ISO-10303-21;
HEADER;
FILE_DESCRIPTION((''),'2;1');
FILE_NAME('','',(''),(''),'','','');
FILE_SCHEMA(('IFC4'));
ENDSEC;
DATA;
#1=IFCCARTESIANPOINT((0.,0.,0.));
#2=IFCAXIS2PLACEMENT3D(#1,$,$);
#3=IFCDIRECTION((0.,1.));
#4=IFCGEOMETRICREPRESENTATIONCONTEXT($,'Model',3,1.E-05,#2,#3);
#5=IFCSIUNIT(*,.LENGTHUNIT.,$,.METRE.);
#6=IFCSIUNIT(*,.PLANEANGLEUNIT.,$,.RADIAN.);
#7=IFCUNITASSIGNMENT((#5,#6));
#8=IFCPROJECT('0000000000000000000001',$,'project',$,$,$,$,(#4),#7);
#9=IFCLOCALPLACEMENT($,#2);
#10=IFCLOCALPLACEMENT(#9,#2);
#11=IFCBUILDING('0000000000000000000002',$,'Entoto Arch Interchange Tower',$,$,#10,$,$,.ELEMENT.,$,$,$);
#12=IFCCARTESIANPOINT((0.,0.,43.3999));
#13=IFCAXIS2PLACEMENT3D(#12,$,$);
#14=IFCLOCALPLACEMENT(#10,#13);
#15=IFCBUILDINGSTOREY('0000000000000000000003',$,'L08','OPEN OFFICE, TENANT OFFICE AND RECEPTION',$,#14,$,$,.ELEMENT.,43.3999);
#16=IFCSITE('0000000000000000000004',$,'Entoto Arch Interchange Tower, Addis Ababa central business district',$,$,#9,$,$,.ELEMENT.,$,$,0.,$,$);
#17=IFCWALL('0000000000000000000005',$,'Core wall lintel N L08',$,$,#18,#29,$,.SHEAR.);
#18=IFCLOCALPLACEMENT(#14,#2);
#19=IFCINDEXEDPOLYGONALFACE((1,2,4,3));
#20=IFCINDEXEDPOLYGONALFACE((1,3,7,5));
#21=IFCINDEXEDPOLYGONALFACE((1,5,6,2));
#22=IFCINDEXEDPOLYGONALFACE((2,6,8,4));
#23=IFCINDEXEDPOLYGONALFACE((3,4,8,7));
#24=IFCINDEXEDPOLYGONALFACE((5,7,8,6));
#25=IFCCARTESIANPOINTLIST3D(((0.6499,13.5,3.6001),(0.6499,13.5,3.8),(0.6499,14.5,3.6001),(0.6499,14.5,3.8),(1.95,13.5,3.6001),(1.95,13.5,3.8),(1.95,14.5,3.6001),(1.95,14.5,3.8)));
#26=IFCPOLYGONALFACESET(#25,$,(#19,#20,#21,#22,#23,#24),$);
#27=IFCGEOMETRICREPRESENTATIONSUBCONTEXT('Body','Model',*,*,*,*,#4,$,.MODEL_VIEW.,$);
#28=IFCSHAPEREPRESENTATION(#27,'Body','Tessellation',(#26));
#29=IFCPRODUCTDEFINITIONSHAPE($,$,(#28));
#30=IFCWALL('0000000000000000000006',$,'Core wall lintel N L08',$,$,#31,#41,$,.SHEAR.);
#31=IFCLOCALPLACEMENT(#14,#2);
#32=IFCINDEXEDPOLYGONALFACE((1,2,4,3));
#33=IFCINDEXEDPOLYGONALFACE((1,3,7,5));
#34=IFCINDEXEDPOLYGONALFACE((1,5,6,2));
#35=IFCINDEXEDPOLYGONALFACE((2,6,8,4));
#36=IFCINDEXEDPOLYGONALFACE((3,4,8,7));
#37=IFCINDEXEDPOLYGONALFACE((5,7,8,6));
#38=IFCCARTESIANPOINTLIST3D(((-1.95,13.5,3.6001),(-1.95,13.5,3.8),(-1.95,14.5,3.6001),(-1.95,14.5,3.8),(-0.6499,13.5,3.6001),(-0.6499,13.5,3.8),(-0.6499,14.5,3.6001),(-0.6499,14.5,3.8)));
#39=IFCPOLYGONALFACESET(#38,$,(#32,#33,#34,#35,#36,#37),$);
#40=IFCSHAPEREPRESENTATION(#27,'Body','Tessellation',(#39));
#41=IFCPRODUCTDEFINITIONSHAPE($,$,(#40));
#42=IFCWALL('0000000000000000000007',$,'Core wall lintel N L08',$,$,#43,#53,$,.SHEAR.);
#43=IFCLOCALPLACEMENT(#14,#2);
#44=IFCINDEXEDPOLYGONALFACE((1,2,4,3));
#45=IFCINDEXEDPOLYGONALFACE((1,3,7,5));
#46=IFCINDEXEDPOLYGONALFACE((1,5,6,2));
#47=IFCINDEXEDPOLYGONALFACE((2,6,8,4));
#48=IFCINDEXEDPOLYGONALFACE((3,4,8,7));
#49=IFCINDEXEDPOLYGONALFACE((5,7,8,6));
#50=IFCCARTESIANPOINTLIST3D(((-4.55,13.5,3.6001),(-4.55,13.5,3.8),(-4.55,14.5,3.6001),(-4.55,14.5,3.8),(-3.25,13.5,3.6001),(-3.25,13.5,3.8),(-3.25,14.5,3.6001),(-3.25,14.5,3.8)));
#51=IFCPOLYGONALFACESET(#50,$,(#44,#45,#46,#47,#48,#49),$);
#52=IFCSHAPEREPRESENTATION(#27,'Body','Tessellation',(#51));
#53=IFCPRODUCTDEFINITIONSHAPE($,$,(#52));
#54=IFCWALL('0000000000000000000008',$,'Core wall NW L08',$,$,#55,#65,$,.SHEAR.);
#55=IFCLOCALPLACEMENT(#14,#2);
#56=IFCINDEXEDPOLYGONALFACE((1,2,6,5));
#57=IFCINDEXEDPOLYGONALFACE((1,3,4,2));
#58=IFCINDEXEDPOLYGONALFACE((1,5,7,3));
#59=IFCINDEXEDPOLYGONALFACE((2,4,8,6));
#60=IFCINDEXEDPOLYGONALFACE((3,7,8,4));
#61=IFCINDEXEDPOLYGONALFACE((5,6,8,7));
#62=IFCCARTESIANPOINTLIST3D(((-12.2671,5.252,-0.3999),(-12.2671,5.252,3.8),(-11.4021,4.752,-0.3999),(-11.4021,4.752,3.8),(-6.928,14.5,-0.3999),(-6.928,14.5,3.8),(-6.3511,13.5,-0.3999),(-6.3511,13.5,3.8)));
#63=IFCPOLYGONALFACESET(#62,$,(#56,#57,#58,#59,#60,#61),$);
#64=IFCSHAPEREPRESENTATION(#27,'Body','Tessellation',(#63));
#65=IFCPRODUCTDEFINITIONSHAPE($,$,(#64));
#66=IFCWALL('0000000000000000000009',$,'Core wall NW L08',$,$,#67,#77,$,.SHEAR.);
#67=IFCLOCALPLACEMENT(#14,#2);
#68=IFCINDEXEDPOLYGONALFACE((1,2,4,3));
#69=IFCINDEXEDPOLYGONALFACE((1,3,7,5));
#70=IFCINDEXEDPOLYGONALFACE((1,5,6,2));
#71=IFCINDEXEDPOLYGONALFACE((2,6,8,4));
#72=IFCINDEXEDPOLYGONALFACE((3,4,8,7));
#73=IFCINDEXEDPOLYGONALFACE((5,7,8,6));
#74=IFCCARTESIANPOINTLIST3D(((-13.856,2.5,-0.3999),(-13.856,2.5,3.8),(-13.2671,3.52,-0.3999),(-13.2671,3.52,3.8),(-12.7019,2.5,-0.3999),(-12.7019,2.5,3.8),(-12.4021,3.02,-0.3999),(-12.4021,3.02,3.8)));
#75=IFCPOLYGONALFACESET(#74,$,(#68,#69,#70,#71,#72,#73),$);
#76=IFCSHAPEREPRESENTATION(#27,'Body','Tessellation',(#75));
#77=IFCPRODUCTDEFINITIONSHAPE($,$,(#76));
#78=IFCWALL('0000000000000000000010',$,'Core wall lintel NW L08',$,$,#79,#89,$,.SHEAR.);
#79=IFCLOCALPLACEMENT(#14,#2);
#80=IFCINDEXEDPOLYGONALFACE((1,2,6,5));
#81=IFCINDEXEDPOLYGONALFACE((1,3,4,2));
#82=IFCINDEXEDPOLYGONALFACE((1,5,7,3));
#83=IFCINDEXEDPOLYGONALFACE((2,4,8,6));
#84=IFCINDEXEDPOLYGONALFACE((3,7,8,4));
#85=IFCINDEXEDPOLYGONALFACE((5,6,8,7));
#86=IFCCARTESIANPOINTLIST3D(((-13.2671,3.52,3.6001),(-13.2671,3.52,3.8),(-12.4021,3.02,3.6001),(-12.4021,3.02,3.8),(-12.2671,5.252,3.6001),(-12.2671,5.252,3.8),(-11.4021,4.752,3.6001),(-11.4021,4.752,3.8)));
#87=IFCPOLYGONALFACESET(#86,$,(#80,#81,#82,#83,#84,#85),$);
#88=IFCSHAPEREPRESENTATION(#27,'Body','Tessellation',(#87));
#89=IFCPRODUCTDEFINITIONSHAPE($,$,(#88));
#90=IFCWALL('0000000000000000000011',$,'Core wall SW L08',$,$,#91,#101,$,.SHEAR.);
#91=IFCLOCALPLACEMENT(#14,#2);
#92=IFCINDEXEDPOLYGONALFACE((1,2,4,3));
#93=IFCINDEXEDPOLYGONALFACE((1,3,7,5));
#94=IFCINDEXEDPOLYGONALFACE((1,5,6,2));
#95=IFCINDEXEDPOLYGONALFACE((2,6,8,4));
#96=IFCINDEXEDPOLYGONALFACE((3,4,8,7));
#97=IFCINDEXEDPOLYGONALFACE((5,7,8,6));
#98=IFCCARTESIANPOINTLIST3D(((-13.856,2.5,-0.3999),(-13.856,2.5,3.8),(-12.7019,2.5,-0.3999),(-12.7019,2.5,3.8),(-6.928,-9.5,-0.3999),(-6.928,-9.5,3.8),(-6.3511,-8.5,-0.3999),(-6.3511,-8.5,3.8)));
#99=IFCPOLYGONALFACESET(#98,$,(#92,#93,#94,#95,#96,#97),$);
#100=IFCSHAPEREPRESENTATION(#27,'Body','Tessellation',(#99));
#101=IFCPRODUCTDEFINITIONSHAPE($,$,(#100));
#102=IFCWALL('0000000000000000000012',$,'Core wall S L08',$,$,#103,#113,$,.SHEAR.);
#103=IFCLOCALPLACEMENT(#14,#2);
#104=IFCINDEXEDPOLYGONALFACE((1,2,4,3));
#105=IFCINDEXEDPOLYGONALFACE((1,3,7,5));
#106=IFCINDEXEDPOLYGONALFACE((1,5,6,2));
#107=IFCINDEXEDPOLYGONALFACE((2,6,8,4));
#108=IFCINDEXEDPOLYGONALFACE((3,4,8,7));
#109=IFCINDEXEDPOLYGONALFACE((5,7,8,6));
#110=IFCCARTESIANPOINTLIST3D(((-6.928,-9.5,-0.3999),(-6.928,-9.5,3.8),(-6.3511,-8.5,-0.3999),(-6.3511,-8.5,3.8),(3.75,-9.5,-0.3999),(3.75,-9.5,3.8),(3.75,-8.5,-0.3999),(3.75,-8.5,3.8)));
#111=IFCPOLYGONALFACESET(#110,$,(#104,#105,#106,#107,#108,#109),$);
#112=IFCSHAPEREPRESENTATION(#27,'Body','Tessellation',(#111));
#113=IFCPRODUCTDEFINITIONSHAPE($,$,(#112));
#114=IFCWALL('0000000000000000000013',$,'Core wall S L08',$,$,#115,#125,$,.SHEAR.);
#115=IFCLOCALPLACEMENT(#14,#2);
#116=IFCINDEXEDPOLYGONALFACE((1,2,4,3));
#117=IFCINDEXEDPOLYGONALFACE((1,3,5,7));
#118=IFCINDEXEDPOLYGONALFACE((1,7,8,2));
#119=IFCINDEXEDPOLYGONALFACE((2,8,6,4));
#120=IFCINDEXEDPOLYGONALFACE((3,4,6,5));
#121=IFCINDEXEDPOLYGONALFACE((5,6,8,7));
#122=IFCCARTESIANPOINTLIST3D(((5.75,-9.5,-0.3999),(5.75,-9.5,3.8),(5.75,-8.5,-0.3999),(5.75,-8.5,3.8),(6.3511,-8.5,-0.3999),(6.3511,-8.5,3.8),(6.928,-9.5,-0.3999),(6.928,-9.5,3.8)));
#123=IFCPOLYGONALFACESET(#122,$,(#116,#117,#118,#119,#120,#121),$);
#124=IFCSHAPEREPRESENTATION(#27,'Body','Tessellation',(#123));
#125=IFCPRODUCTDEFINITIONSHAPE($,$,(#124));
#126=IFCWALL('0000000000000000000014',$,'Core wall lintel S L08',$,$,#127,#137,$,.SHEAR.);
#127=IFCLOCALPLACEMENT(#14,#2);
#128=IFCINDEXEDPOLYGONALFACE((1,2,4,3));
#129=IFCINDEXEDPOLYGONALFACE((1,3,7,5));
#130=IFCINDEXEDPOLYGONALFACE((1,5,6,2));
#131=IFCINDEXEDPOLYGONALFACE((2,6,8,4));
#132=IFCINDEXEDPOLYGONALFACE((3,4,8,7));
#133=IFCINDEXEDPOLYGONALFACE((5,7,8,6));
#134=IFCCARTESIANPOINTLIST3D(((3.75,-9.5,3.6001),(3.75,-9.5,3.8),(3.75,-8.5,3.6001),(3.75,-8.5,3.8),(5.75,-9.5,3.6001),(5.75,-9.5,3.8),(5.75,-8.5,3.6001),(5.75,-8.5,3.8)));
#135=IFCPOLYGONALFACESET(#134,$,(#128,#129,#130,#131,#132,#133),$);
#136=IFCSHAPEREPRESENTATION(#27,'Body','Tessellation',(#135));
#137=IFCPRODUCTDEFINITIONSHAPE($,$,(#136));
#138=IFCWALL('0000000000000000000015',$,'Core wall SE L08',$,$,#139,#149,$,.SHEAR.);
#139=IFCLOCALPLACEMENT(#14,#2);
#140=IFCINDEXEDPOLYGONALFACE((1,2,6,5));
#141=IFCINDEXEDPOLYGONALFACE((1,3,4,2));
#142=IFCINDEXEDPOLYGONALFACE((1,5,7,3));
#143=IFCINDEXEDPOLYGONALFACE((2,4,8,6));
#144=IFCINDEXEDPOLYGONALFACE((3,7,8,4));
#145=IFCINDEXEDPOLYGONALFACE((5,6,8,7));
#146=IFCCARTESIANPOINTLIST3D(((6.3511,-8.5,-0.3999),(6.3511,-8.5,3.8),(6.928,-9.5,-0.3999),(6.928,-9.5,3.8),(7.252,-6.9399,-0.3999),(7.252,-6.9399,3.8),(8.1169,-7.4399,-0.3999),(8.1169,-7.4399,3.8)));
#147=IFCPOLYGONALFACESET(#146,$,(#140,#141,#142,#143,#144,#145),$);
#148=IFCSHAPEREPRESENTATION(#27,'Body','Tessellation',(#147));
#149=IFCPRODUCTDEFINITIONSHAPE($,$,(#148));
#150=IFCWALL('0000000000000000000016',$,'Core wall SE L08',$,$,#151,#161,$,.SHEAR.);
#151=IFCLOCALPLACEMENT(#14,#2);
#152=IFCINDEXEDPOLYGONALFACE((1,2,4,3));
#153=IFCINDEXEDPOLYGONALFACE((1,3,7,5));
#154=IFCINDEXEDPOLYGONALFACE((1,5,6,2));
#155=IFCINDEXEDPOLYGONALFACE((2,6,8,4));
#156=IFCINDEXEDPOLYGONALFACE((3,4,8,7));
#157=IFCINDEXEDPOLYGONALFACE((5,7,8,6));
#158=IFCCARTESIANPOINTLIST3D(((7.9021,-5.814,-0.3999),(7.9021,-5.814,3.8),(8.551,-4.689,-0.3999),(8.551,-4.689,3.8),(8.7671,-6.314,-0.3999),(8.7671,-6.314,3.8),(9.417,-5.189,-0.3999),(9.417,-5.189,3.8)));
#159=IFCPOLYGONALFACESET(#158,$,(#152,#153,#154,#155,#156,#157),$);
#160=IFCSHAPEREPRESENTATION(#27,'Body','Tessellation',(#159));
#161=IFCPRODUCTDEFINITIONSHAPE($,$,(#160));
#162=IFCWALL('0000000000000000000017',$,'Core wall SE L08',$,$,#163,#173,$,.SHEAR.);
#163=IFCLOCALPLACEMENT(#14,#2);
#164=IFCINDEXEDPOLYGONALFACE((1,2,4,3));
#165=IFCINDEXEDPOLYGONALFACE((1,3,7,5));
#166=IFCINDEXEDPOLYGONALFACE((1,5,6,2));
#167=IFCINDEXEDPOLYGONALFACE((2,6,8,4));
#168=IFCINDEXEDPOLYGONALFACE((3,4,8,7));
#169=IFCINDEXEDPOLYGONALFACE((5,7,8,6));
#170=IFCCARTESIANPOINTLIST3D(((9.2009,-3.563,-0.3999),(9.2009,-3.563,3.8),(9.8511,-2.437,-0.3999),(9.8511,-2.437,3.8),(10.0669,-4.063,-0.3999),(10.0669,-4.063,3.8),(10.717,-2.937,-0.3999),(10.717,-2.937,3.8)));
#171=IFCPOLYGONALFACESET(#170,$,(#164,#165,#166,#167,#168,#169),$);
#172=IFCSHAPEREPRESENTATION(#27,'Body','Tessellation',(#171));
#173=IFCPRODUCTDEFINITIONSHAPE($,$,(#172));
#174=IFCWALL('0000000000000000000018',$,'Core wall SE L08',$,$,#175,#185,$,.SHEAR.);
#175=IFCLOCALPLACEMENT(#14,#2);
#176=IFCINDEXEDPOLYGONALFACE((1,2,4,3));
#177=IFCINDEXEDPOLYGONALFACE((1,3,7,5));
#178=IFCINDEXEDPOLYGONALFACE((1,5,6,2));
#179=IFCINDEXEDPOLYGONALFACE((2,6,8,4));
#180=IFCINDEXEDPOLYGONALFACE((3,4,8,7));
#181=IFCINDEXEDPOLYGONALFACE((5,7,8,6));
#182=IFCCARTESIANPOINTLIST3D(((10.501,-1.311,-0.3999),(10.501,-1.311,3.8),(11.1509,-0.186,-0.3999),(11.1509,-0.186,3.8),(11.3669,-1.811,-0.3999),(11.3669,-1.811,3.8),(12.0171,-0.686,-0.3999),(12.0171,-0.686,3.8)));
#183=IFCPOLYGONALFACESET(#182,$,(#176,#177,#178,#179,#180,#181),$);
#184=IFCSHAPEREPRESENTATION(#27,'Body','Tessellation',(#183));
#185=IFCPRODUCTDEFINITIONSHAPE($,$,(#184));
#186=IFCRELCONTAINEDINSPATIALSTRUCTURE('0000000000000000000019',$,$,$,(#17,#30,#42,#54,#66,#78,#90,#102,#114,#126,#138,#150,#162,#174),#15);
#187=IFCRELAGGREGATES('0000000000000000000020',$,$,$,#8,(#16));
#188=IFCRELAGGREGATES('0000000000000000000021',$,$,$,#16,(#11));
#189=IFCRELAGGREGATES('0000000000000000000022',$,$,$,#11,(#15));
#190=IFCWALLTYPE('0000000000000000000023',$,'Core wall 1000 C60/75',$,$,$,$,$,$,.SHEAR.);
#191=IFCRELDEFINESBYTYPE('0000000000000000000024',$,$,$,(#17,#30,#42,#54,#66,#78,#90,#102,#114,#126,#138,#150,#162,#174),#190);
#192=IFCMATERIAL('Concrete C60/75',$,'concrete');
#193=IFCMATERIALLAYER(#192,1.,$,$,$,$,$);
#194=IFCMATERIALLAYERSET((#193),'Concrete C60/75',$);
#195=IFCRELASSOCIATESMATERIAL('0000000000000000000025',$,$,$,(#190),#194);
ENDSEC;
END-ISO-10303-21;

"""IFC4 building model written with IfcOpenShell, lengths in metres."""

from ifc_helpers import new_model, si_unit, direction, frame, origin, place, context, subcontext, project, spatial, polyline, outline, extrude, material, layer, layer_set, type_object, element, save


model = new_model("IFC4")

# Units and contexts
model_context = context("Model", 3, precision=1e-05, world=origin(), true_north=direction((0.0, 1.0)))
body_context = subcontext(model_context, "Body", "Model", "MODEL_VIEW")
ifc_project = project(units=[si_unit("LENGTHUNIT", "METRE"), si_unit("PLANEANGLEUNIT", "RADIAN")], contexts=[model_context])

# Site, building, storey
site_placement = place(None, origin())
site = spatial("IfcSite", under=ifc_project, at=site_placement, Name="Entoto Arch Interchange Tower, Addis Ababa central business district", CompositionType="ELEMENT", RefElevation=0.0)
building_placement = place(site_placement, origin())
building = spatial("IfcBuilding", under=site, at=building_placement, Name="Entoto Arch Interchange Tower", CompositionType="ELEMENT")
storey_placement = place(building_placement, frame((0.0, 0.0, 43.3999)))
storey = spatial("IfcBuildingStorey", under=building, at=storey_placement, Name="L08", Description="OPEN OFFICE, TENANT OFFICE AND RECEPTION", CompositionType="ELEMENT", Elevation=43.3999)

# Walls
ifc_material_1 = material(Name="Concrete C60/75", Category="concrete")
ifc_layer_1 = layer(ifc_material_1, 1.0)
ifc_layer_set_1 = layer_set([ifc_layer_1], Name="Concrete C60/75")
wall_type_1 = type_object("IfcWallType", Name="Core wall 1000 C60/75", PredefinedType="SHEAR", material=ifc_layer_set_1)
wall_1_placement = place(storey_placement, frame((0.0, 0.0, 3.6001)))
element("IfcWall", 1, at=wall_1_placement, inside=storey, type_object=wall_type_1, Name="Core wall lintel N L08", PredefinedType="SHEAR", context=body_context, shape_type="SweptSolid", body=[
    extrude(outline(polyline([(0.6499, 14.5), (0.6499, 13.5), (1.95, 13.5), (1.95, 14.5), (0.6499, 14.5)])), origin(), (0.0, 0.0, 1.0), 0.2),
])
wall_2_placement = place(storey_placement, frame((0.0, 0.0, 3.6001)))
element("IfcWall", 2, at=wall_2_placement, inside=storey, type_object=wall_type_1, Name="Core wall lintel N L08", PredefinedType="SHEAR", context=body_context, shape_type="SweptSolid", body=[
    extrude(outline(polyline([(-1.95, 14.5), (-1.95, 13.5), (-0.6499, 13.5), (-0.6499, 14.5), (-1.95, 14.5)])), origin(), (0.0, 0.0, 1.0), 0.2),
])
wall_3_placement = place(storey_placement, frame((0.0, 0.0, 3.6001)))
element("IfcWall", 3, at=wall_3_placement, inside=storey, type_object=wall_type_1, Name="Core wall lintel N L08", PredefinedType="SHEAR", context=body_context, shape_type="SweptSolid", body=[
    extrude(outline(polyline([(-4.55, 14.5), (-4.55, 13.5), (-3.25, 13.5), (-3.25, 14.5), (-4.55, 14.5)])), origin(), (0.0, 0.0, 1.0), 0.2),
])
wall_4_placement = place(storey_placement, frame((0.0, 0.0, -0.3999)))
element("IfcWall", 4, at=wall_4_placement, inside=storey, type_object=wall_type_1, Name="Core wall NW L08", PredefinedType="SHEAR", context=body_context, shape_type="SweptSolid", body=[
    extrude(outline(polyline([(-12.2671, 5.252), (-11.4021, 4.752), (-6.3511, 13.5), (-6.928, 14.5), (-12.2671, 5.252)])), origin(), (0.0, 0.0, 1.0), 4.2),
])
wall_5_placement = place(storey_placement, frame((0.0, 0.0, -0.3999)))
element("IfcWall", 5, at=wall_5_placement, inside=storey, type_object=wall_type_1, Name="Core wall NW L08", PredefinedType="SHEAR", context=body_context, shape_type="SweptSolid", body=[
    extrude(outline(polyline([(-12.4021, 3.02), (-13.2671, 3.52), (-13.856, 2.5), (-12.7019, 2.5), (-12.4021, 3.02)])), origin(), (0.0, 0.0, 1.0), 4.2),
])
wall_6_placement = place(storey_placement, frame((0.0, 0.0, 3.6001)))
element("IfcWall", 6, at=wall_6_placement, inside=storey, type_object=wall_type_1, Name="Core wall lintel NW L08", PredefinedType="SHEAR", context=body_context, shape_type="SweptSolid", body=[
    extrude(outline(polyline([(-13.2671, 3.52), (-12.4021, 3.02), (-11.4021, 4.752), (-12.2671, 5.252), (-13.2671, 3.52)])), origin(), (0.0, 0.0, 1.0), 0.2),
])
wall_7_placement = place(storey_placement, frame((0.0, 0.0, -0.3999)))
element("IfcWall", 7, at=wall_7_placement, inside=storey, type_object=wall_type_1, Name="Core wall SW L08", PredefinedType="SHEAR", context=body_context, shape_type="SweptSolid", body=[
    extrude(outline(polyline([(-13.856, 2.5), (-6.928, -9.5), (-6.3511, -8.5), (-12.7019, 2.5), (-13.856, 2.5)])), origin(), (0.0, 0.0, 1.0), 4.2),
])
wall_8_placement = place(storey_placement, frame((0.0, 0.0, -0.3999)))
element("IfcWall", 8, at=wall_8_placement, inside=storey, type_object=wall_type_1, Name="Core wall S L08", PredefinedType="SHEAR", context=body_context, shape_type="SweptSolid", body=[
    extrude(outline(polyline([(3.75, -9.5), (3.75, -8.5), (-6.3511, -8.5), (-6.928, -9.5), (3.75, -9.5)])), origin(), (0.0, 0.0, 1.0), 4.2),
])
wall_9_placement = place(storey_placement, frame((0.0, 0.0, -0.3999)))
element("IfcWall", 9, at=wall_9_placement, inside=storey, type_object=wall_type_1, Name="Core wall S L08", PredefinedType="SHEAR", context=body_context, shape_type="SweptSolid", body=[
    extrude(outline(polyline([(5.75, -8.5), (5.75, -9.5), (6.928, -9.5), (6.3511, -8.5), (5.75, -8.5)])), origin(), (0.0, 0.0, 1.0), 4.2),
])
wall_10_placement = place(storey_placement, frame((0.0, 0.0, 3.6001)))
element("IfcWall", 10, at=wall_10_placement, inside=storey, type_object=wall_type_1, Name="Core wall lintel S L08", PredefinedType="SHEAR", context=body_context, shape_type="SweptSolid", body=[
    extrude(outline(polyline([(5.75, -9.5), (5.75, -8.5), (3.75, -8.5), (3.75, -9.5), (5.75, -9.5)])), origin(), (0.0, 0.0, 1.0), 0.2),
])
wall_11_placement = place(storey_placement, frame((0.0, 0.0, -0.3999)))
element("IfcWall", 11, at=wall_11_placement, inside=storey, type_object=wall_type_1, Name="Core wall SE L08", PredefinedType="SHEAR", context=body_context, shape_type="SweptSolid", body=[
    extrude(outline(polyline([(8.1169, -7.4399), (7.252, -6.9399), (6.3511, -8.5), (6.928, -9.5), (8.1169, -7.4399)])), origin(), (0.0, 0.0, 1.0), 4.2),
])
wall_12_placement = place(storey_placement, frame((0.0, 0.0, -0.3999)))
element("IfcWall", 12, at=wall_12_placement, inside=storey, type_object=wall_type_1, Name="Core wall SE L08", PredefinedType="SHEAR", context=body_context, shape_type="SweptSolid", body=[
    extrude(outline(polyline([(9.417, -5.189), (8.551, -4.689), (7.9021, -5.814), (8.7671, -6.314), (9.417, -5.189)])), origin(), (0.0, 0.0, 1.0), 4.2),
])
wall_13_placement = place(storey_placement, frame((0.0, 0.0, -0.3999)))
element("IfcWall", 13, at=wall_13_placement, inside=storey, type_object=wall_type_1, Name="Core wall SE L08", PredefinedType="SHEAR", context=body_context, shape_type="SweptSolid", body=[
    extrude(outline(polyline([(10.717, -2.937), (9.8511, -2.437), (9.2009, -3.563), (10.0669, -4.063), (10.717, -2.937)])), origin(), (0.0, 0.0, 1.0), 4.2),
])
wall_14_placement = place(storey_placement, frame((0.0, 0.0, -0.3999)))
element("IfcWall", 14, at=wall_14_placement, inside=storey, type_object=wall_type_1, Name="Core wall SE L08", PredefinedType="SHEAR", context=body_context, shape_type="SweptSolid", body=[
    extrude(outline(polyline([(12.0171, -0.686), (11.1509, -0.186), (10.501, -1.311), (11.3669, -1.811), (12.0171, -0.686)])), origin(), (0.0, 0.0, 1.0), 4.2),
])

save(model, "model.ifc")
